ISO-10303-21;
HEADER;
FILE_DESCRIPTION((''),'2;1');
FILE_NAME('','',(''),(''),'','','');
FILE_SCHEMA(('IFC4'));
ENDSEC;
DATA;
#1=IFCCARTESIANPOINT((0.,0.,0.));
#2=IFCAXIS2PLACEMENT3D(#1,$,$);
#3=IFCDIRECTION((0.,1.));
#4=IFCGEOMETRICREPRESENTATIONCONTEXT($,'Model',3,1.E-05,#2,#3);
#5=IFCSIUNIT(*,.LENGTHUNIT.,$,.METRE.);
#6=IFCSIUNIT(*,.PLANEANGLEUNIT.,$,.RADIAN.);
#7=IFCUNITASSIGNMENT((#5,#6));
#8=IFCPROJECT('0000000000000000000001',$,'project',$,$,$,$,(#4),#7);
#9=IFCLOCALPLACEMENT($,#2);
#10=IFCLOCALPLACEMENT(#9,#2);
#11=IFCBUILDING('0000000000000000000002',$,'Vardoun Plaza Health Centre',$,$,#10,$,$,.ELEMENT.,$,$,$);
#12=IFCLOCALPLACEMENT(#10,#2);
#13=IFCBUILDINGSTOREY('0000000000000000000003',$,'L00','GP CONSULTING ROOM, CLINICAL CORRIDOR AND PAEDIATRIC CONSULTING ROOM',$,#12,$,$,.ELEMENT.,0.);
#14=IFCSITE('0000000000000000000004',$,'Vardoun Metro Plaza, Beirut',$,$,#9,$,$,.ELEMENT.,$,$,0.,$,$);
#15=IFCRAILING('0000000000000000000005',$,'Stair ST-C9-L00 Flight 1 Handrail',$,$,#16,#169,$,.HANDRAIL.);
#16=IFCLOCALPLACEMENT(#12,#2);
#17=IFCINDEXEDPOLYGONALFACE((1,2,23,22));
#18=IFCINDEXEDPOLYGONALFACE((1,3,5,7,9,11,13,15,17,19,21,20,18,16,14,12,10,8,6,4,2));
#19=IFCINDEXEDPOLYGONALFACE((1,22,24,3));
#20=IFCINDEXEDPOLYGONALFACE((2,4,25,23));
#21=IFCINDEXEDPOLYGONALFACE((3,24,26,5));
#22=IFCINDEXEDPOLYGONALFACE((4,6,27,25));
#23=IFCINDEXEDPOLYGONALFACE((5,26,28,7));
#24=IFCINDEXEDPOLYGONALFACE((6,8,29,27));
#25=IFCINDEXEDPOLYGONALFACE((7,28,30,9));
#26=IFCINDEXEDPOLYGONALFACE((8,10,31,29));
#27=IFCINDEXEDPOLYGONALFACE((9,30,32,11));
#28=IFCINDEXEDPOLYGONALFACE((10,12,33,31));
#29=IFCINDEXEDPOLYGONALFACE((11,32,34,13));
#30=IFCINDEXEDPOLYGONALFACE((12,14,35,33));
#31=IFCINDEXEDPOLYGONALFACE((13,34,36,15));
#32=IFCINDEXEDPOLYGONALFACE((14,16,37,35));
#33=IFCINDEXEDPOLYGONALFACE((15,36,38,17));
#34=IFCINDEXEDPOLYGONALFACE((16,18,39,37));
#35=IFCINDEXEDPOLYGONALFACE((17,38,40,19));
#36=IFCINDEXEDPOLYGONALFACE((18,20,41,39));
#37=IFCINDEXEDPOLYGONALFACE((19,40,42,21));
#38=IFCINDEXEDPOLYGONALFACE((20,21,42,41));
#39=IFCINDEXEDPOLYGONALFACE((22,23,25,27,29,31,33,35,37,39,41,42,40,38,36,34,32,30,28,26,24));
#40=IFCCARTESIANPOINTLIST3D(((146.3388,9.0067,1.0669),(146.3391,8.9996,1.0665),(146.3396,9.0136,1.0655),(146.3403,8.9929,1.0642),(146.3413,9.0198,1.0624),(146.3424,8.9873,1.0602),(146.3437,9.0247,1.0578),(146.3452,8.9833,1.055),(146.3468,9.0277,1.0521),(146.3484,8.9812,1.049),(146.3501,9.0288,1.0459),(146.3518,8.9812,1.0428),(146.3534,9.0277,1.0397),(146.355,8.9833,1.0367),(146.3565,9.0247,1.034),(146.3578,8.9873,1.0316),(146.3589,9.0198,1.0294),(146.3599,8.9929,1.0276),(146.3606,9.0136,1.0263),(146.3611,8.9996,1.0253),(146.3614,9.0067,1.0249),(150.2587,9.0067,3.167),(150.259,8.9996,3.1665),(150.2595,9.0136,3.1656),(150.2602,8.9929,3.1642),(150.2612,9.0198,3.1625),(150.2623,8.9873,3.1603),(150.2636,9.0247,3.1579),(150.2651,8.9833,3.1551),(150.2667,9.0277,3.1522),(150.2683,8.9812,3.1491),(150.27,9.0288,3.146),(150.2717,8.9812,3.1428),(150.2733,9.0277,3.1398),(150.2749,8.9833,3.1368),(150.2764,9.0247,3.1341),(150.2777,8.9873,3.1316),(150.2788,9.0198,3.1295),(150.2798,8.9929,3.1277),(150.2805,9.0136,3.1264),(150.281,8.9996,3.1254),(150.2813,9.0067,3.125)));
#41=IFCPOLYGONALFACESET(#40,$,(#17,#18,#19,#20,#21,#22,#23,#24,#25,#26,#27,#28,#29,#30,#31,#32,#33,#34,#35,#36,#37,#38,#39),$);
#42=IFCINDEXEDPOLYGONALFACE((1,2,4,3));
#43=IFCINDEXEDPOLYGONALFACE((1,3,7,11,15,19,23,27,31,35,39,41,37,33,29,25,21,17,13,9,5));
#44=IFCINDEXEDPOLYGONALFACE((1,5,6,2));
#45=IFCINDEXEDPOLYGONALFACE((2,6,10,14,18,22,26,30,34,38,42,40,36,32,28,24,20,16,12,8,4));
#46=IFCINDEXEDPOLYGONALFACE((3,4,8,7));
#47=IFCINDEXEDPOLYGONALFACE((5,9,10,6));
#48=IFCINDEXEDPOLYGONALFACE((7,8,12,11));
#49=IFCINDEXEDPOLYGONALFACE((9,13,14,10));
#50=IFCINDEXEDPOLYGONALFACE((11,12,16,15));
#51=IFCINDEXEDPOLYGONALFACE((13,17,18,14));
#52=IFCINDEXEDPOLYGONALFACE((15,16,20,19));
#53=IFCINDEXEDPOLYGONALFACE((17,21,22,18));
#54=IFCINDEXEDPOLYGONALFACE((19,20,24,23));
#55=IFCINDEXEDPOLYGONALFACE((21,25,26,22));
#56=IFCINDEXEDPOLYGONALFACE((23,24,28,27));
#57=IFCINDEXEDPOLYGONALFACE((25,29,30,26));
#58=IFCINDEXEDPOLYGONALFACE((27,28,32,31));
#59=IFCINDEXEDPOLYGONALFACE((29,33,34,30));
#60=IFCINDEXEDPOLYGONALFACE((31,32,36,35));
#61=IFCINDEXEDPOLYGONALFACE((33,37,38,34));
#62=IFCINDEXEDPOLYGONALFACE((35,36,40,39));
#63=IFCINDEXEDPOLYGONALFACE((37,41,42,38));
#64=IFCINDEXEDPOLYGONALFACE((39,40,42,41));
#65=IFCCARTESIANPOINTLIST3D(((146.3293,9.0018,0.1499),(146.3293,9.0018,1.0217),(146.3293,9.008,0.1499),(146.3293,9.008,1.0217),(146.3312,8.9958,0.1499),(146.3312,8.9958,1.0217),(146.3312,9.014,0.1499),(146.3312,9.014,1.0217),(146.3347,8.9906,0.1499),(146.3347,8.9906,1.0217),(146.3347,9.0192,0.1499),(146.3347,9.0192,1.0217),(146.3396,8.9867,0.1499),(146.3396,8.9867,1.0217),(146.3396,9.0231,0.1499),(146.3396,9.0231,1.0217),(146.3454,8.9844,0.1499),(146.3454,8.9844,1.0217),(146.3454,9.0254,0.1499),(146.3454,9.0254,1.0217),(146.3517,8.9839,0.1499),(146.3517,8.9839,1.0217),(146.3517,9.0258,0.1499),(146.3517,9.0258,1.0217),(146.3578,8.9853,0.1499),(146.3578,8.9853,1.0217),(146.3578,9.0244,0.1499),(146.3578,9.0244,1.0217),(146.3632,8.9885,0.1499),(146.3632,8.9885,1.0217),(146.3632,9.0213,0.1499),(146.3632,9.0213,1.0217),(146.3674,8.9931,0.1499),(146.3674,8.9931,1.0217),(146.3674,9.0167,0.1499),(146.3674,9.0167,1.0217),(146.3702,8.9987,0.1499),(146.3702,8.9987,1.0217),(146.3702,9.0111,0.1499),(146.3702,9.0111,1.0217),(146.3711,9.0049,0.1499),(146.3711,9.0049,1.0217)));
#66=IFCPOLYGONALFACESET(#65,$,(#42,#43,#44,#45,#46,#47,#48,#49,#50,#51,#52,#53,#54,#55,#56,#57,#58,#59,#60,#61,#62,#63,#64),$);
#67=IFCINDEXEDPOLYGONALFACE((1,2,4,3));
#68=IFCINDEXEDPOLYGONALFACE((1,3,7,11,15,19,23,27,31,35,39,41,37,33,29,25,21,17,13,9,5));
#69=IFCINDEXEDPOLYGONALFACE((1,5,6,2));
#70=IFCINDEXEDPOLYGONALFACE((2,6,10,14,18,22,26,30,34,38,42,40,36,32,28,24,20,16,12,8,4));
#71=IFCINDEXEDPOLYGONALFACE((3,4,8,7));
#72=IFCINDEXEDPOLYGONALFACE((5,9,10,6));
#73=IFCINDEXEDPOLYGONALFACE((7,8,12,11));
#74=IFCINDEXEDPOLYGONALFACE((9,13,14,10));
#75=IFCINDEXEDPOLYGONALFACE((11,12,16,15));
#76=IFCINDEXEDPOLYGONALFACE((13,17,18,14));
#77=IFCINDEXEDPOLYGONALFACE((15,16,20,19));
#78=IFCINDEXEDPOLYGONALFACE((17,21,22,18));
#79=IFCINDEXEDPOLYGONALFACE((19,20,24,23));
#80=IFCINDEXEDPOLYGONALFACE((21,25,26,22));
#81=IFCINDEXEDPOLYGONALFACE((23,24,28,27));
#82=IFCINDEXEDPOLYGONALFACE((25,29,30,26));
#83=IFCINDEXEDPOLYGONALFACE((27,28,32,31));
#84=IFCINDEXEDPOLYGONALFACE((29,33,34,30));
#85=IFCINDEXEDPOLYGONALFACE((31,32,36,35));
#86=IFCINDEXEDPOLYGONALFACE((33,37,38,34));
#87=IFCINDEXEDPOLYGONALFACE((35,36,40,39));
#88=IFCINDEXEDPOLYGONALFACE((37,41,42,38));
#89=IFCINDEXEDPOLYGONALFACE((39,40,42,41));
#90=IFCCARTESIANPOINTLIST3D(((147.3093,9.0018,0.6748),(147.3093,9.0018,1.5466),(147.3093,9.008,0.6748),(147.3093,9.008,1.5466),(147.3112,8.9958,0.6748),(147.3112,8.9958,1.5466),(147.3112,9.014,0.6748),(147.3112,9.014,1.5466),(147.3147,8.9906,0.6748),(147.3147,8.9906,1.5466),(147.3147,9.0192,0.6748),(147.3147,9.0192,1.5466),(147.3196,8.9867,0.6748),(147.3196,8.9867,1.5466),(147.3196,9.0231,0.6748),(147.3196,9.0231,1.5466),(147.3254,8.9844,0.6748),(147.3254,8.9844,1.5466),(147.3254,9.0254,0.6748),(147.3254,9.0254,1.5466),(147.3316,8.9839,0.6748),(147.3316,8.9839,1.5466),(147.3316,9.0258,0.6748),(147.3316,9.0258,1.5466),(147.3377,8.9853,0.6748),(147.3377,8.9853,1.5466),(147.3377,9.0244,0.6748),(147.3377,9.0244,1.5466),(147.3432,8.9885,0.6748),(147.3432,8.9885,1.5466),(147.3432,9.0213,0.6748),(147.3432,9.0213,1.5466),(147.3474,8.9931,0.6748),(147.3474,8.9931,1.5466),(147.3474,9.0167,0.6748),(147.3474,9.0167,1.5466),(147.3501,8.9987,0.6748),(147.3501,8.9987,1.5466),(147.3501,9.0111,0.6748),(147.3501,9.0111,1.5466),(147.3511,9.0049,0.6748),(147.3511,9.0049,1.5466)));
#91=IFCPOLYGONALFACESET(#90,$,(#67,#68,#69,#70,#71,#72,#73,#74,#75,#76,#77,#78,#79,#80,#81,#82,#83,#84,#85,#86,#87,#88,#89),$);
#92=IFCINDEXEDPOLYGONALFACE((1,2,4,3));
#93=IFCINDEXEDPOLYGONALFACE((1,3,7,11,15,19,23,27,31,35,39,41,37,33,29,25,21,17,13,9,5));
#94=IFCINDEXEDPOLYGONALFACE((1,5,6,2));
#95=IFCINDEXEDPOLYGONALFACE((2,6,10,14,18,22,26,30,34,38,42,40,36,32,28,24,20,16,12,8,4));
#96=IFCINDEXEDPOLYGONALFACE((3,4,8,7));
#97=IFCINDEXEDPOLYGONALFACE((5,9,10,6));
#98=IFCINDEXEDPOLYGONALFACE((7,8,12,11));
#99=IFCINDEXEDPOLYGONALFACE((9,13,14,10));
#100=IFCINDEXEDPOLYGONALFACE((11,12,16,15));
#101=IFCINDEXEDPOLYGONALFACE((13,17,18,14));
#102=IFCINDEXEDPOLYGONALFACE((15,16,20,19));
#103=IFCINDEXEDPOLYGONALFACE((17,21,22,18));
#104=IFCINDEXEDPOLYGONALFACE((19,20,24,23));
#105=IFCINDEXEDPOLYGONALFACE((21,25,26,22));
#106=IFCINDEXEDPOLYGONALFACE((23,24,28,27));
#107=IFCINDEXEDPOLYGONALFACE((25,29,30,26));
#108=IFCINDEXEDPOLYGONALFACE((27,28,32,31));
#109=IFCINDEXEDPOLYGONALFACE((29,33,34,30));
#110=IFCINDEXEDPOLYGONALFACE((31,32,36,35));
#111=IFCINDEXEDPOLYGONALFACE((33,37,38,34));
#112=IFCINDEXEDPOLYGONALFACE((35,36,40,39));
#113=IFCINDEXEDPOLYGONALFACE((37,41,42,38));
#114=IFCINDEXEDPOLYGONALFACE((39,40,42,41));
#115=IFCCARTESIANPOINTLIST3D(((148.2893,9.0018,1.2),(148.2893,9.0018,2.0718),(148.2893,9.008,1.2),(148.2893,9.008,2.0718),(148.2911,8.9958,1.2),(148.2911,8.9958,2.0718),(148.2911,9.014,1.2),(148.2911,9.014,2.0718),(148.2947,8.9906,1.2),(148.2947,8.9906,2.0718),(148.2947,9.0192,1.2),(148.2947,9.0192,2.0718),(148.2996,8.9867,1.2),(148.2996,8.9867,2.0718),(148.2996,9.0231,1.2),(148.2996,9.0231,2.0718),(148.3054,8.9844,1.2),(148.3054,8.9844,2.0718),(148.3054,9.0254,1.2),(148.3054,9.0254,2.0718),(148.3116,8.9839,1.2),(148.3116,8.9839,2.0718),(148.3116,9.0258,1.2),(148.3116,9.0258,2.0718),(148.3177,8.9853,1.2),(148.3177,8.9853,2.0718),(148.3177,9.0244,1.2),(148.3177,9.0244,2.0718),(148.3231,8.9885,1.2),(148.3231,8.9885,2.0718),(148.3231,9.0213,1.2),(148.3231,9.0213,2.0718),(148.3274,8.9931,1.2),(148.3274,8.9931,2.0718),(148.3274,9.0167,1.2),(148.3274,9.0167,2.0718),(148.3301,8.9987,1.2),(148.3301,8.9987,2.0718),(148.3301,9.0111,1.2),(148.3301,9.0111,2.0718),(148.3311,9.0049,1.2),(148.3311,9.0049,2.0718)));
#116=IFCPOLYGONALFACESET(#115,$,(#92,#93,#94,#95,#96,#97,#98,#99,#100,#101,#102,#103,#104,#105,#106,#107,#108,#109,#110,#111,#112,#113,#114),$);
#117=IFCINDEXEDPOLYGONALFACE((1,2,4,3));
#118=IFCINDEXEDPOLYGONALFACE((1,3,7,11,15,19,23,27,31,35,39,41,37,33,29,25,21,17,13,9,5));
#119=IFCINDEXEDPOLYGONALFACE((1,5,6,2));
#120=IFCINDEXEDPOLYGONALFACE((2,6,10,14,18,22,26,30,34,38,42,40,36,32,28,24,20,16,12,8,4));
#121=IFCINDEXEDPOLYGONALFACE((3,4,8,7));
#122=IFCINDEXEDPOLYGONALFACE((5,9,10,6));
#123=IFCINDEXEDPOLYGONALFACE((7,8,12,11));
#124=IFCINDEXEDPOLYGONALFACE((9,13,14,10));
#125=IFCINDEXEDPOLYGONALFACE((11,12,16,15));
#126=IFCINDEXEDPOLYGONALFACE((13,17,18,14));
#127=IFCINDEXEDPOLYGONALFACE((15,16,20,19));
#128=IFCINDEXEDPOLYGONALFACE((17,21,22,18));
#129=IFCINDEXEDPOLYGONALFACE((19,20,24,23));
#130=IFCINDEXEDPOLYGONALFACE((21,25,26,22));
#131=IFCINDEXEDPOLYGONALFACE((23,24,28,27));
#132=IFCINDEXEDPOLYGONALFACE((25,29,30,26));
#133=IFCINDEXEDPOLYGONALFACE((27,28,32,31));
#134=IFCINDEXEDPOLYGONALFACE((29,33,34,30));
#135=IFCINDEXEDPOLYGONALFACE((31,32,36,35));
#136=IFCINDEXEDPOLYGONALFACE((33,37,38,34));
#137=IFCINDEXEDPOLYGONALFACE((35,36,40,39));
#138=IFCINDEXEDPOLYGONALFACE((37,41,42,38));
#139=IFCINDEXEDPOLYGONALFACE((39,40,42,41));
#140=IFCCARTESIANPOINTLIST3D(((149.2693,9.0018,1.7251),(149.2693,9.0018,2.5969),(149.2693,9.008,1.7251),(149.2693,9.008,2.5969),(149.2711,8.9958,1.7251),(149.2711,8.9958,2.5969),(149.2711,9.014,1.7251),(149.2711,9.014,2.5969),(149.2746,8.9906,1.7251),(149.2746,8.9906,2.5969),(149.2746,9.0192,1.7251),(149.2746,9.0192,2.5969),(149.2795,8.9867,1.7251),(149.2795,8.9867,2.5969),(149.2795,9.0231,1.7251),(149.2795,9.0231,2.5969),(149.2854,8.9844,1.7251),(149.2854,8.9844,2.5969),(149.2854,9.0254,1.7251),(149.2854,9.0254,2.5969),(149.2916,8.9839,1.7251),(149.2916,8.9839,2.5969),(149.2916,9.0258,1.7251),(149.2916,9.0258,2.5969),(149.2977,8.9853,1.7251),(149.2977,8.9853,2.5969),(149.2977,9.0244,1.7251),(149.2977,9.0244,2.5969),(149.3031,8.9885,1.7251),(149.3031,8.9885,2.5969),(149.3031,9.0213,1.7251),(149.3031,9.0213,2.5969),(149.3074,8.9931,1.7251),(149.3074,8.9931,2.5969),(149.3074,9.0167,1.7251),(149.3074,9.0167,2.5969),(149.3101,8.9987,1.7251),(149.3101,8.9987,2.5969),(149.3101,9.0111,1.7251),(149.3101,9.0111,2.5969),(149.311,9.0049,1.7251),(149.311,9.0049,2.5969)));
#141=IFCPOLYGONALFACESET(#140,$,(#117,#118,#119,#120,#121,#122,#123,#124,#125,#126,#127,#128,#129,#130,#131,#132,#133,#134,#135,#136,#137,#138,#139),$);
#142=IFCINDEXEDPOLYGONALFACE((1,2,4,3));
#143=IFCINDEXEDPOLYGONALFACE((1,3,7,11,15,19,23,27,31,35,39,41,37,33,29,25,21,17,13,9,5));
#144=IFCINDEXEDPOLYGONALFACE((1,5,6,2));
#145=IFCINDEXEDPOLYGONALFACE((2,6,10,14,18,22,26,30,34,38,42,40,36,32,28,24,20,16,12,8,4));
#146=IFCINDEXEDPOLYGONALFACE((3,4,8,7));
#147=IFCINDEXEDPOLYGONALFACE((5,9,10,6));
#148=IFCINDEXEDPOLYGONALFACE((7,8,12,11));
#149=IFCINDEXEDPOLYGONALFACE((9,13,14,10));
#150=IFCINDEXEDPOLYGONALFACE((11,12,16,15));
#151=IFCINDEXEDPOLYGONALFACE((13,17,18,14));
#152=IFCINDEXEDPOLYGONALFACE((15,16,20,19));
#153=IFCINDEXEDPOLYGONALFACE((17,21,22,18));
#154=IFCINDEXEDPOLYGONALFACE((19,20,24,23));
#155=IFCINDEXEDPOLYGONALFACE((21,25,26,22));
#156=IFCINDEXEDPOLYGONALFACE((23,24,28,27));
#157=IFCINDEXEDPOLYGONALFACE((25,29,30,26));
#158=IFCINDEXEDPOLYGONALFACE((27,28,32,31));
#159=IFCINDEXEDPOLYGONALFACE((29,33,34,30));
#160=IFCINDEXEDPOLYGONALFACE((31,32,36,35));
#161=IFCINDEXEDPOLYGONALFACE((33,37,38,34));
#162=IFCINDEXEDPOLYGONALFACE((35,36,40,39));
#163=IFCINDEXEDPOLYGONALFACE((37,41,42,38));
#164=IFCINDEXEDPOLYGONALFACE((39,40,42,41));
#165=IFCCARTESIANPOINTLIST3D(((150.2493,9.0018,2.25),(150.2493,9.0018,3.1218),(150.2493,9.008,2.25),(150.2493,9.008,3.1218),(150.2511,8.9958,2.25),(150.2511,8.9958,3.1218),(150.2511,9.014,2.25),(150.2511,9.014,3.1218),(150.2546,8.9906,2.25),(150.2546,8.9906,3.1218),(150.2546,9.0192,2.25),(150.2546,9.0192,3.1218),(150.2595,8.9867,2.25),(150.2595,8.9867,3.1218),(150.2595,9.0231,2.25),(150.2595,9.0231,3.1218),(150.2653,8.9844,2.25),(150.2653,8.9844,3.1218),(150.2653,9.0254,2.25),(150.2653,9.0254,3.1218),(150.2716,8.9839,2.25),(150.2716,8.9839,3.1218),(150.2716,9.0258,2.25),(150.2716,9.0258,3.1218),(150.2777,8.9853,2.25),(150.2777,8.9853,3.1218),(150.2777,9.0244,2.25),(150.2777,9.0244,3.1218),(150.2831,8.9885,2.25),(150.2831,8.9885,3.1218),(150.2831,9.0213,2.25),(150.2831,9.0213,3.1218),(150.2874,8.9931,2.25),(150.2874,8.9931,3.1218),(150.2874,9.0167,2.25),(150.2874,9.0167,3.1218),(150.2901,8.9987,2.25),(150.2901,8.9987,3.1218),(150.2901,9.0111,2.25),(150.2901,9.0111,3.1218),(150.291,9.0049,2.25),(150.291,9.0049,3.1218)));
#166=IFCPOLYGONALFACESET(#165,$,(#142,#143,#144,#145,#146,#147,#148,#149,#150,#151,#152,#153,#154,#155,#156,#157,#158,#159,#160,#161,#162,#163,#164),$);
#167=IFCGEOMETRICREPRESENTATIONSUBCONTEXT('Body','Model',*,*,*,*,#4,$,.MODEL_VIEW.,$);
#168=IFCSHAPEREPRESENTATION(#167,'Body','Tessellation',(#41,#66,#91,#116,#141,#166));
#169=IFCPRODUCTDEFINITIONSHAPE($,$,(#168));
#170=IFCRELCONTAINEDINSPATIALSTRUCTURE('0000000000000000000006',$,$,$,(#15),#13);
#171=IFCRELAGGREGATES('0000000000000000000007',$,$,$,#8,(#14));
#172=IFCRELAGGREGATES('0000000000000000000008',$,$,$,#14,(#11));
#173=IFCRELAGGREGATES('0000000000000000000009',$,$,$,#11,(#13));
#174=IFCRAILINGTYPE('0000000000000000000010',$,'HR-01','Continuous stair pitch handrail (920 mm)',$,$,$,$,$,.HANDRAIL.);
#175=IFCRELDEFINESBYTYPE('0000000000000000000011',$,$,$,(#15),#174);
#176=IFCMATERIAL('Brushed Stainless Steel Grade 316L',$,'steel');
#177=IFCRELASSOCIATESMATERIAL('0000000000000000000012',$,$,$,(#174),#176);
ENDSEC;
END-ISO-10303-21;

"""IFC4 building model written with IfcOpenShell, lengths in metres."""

from ifc_helpers import new_model, si_unit, direction, frame, origin, origin_2d, place, context, subcontext, project, spatial, circle, extrude, material, type_object, element, save


model = new_model("IFC4")

# Units and contexts
model_context = context("Model", 3, precision=1e-05, world=origin(), true_north=direction((0.0, 1.0)))
body_context = subcontext(model_context, "Body", "Model", "MODEL_VIEW")
ifc_project = project(units=[si_unit("LENGTHUNIT", "METRE"), si_unit("PLANEANGLEUNIT", "RADIAN")], contexts=[model_context])

# Site, building, storey
site_placement = place(None, origin())
site = spatial("IfcSite", under=ifc_project, at=site_placement, Name="Vardoun Metro Plaza, Beirut", CompositionType="ELEMENT", RefElevation=0.0)
building_placement = place(site_placement, origin())
building = spatial("IfcBuilding", under=site, at=building_placement, Name="Vardoun Plaza Health Centre", CompositionType="ELEMENT")
storey_placement = place(building_placement, origin())
storey = spatial("IfcBuildingStorey", under=building, at=storey_placement, Name="L00", Description="GP CONSULTING ROOM, CLINICAL CORRIDOR AND PAEDIATRIC CONSULTING ROOM", CompositionType="ELEMENT", Elevation=0.0)

# Railing
ifc_material_1 = material(Name="Brushed Stainless Steel Grade 316L", Category="steel")
railing_type_1 = type_object("IfcRailingType", Name="HR-01", Description="Continuous stair pitch handrail (920 mm)", PredefinedType="HANDRAIL", material=ifc_material_1)
railing_1_placement = place(storey_placement, frame((146.3501, 9.0049, 0.1499)))
element("IfcRailing", 1, at=railing_1_placement, inside=storey, type_object=railing_type_1, Name="Stair ST-C9-L00 Flight 1 Handrail", PredefinedType="HANDRAIL", context=body_context, shape_type="SweptSolid", body=[
    extrude(circle(Radius=0.0239, at=origin_2d()), frame((0.0, 0.0, 0.896), z_axis=(0.881467, 0.0, 0.472246), x_axis=(0.0, 1.0, 0.0)), (0.0, 0.0, 1.0), 4.447),
    extrude(circle(Radius=0.021, at=origin_2d()), origin(), (0.0, 0.0, 1.0), 0.8718),
    extrude(circle(Radius=0.021, at=origin_2d()), frame((0.98, 0.0, 0.5249)), (0.0, 0.0, 1.0), 0.8718),
    extrude(circle(Radius=0.021, at=origin_2d()), frame((1.96, 0.0, 1.05)), (0.0, 0.0, 1.0), 0.8718),
    extrude(circle(Radius=0.021, at=origin_2d()), frame((2.9399, 0.0, 1.5752)), (0.0, 0.0, 1.0), 0.8718),
    extrude(circle(Radius=0.021, at=origin_2d()), frame((3.9199, 0.0, 2.1001)), (0.0, 0.0, 1.0), 0.8718),
])

save(model, "model.ifc")
